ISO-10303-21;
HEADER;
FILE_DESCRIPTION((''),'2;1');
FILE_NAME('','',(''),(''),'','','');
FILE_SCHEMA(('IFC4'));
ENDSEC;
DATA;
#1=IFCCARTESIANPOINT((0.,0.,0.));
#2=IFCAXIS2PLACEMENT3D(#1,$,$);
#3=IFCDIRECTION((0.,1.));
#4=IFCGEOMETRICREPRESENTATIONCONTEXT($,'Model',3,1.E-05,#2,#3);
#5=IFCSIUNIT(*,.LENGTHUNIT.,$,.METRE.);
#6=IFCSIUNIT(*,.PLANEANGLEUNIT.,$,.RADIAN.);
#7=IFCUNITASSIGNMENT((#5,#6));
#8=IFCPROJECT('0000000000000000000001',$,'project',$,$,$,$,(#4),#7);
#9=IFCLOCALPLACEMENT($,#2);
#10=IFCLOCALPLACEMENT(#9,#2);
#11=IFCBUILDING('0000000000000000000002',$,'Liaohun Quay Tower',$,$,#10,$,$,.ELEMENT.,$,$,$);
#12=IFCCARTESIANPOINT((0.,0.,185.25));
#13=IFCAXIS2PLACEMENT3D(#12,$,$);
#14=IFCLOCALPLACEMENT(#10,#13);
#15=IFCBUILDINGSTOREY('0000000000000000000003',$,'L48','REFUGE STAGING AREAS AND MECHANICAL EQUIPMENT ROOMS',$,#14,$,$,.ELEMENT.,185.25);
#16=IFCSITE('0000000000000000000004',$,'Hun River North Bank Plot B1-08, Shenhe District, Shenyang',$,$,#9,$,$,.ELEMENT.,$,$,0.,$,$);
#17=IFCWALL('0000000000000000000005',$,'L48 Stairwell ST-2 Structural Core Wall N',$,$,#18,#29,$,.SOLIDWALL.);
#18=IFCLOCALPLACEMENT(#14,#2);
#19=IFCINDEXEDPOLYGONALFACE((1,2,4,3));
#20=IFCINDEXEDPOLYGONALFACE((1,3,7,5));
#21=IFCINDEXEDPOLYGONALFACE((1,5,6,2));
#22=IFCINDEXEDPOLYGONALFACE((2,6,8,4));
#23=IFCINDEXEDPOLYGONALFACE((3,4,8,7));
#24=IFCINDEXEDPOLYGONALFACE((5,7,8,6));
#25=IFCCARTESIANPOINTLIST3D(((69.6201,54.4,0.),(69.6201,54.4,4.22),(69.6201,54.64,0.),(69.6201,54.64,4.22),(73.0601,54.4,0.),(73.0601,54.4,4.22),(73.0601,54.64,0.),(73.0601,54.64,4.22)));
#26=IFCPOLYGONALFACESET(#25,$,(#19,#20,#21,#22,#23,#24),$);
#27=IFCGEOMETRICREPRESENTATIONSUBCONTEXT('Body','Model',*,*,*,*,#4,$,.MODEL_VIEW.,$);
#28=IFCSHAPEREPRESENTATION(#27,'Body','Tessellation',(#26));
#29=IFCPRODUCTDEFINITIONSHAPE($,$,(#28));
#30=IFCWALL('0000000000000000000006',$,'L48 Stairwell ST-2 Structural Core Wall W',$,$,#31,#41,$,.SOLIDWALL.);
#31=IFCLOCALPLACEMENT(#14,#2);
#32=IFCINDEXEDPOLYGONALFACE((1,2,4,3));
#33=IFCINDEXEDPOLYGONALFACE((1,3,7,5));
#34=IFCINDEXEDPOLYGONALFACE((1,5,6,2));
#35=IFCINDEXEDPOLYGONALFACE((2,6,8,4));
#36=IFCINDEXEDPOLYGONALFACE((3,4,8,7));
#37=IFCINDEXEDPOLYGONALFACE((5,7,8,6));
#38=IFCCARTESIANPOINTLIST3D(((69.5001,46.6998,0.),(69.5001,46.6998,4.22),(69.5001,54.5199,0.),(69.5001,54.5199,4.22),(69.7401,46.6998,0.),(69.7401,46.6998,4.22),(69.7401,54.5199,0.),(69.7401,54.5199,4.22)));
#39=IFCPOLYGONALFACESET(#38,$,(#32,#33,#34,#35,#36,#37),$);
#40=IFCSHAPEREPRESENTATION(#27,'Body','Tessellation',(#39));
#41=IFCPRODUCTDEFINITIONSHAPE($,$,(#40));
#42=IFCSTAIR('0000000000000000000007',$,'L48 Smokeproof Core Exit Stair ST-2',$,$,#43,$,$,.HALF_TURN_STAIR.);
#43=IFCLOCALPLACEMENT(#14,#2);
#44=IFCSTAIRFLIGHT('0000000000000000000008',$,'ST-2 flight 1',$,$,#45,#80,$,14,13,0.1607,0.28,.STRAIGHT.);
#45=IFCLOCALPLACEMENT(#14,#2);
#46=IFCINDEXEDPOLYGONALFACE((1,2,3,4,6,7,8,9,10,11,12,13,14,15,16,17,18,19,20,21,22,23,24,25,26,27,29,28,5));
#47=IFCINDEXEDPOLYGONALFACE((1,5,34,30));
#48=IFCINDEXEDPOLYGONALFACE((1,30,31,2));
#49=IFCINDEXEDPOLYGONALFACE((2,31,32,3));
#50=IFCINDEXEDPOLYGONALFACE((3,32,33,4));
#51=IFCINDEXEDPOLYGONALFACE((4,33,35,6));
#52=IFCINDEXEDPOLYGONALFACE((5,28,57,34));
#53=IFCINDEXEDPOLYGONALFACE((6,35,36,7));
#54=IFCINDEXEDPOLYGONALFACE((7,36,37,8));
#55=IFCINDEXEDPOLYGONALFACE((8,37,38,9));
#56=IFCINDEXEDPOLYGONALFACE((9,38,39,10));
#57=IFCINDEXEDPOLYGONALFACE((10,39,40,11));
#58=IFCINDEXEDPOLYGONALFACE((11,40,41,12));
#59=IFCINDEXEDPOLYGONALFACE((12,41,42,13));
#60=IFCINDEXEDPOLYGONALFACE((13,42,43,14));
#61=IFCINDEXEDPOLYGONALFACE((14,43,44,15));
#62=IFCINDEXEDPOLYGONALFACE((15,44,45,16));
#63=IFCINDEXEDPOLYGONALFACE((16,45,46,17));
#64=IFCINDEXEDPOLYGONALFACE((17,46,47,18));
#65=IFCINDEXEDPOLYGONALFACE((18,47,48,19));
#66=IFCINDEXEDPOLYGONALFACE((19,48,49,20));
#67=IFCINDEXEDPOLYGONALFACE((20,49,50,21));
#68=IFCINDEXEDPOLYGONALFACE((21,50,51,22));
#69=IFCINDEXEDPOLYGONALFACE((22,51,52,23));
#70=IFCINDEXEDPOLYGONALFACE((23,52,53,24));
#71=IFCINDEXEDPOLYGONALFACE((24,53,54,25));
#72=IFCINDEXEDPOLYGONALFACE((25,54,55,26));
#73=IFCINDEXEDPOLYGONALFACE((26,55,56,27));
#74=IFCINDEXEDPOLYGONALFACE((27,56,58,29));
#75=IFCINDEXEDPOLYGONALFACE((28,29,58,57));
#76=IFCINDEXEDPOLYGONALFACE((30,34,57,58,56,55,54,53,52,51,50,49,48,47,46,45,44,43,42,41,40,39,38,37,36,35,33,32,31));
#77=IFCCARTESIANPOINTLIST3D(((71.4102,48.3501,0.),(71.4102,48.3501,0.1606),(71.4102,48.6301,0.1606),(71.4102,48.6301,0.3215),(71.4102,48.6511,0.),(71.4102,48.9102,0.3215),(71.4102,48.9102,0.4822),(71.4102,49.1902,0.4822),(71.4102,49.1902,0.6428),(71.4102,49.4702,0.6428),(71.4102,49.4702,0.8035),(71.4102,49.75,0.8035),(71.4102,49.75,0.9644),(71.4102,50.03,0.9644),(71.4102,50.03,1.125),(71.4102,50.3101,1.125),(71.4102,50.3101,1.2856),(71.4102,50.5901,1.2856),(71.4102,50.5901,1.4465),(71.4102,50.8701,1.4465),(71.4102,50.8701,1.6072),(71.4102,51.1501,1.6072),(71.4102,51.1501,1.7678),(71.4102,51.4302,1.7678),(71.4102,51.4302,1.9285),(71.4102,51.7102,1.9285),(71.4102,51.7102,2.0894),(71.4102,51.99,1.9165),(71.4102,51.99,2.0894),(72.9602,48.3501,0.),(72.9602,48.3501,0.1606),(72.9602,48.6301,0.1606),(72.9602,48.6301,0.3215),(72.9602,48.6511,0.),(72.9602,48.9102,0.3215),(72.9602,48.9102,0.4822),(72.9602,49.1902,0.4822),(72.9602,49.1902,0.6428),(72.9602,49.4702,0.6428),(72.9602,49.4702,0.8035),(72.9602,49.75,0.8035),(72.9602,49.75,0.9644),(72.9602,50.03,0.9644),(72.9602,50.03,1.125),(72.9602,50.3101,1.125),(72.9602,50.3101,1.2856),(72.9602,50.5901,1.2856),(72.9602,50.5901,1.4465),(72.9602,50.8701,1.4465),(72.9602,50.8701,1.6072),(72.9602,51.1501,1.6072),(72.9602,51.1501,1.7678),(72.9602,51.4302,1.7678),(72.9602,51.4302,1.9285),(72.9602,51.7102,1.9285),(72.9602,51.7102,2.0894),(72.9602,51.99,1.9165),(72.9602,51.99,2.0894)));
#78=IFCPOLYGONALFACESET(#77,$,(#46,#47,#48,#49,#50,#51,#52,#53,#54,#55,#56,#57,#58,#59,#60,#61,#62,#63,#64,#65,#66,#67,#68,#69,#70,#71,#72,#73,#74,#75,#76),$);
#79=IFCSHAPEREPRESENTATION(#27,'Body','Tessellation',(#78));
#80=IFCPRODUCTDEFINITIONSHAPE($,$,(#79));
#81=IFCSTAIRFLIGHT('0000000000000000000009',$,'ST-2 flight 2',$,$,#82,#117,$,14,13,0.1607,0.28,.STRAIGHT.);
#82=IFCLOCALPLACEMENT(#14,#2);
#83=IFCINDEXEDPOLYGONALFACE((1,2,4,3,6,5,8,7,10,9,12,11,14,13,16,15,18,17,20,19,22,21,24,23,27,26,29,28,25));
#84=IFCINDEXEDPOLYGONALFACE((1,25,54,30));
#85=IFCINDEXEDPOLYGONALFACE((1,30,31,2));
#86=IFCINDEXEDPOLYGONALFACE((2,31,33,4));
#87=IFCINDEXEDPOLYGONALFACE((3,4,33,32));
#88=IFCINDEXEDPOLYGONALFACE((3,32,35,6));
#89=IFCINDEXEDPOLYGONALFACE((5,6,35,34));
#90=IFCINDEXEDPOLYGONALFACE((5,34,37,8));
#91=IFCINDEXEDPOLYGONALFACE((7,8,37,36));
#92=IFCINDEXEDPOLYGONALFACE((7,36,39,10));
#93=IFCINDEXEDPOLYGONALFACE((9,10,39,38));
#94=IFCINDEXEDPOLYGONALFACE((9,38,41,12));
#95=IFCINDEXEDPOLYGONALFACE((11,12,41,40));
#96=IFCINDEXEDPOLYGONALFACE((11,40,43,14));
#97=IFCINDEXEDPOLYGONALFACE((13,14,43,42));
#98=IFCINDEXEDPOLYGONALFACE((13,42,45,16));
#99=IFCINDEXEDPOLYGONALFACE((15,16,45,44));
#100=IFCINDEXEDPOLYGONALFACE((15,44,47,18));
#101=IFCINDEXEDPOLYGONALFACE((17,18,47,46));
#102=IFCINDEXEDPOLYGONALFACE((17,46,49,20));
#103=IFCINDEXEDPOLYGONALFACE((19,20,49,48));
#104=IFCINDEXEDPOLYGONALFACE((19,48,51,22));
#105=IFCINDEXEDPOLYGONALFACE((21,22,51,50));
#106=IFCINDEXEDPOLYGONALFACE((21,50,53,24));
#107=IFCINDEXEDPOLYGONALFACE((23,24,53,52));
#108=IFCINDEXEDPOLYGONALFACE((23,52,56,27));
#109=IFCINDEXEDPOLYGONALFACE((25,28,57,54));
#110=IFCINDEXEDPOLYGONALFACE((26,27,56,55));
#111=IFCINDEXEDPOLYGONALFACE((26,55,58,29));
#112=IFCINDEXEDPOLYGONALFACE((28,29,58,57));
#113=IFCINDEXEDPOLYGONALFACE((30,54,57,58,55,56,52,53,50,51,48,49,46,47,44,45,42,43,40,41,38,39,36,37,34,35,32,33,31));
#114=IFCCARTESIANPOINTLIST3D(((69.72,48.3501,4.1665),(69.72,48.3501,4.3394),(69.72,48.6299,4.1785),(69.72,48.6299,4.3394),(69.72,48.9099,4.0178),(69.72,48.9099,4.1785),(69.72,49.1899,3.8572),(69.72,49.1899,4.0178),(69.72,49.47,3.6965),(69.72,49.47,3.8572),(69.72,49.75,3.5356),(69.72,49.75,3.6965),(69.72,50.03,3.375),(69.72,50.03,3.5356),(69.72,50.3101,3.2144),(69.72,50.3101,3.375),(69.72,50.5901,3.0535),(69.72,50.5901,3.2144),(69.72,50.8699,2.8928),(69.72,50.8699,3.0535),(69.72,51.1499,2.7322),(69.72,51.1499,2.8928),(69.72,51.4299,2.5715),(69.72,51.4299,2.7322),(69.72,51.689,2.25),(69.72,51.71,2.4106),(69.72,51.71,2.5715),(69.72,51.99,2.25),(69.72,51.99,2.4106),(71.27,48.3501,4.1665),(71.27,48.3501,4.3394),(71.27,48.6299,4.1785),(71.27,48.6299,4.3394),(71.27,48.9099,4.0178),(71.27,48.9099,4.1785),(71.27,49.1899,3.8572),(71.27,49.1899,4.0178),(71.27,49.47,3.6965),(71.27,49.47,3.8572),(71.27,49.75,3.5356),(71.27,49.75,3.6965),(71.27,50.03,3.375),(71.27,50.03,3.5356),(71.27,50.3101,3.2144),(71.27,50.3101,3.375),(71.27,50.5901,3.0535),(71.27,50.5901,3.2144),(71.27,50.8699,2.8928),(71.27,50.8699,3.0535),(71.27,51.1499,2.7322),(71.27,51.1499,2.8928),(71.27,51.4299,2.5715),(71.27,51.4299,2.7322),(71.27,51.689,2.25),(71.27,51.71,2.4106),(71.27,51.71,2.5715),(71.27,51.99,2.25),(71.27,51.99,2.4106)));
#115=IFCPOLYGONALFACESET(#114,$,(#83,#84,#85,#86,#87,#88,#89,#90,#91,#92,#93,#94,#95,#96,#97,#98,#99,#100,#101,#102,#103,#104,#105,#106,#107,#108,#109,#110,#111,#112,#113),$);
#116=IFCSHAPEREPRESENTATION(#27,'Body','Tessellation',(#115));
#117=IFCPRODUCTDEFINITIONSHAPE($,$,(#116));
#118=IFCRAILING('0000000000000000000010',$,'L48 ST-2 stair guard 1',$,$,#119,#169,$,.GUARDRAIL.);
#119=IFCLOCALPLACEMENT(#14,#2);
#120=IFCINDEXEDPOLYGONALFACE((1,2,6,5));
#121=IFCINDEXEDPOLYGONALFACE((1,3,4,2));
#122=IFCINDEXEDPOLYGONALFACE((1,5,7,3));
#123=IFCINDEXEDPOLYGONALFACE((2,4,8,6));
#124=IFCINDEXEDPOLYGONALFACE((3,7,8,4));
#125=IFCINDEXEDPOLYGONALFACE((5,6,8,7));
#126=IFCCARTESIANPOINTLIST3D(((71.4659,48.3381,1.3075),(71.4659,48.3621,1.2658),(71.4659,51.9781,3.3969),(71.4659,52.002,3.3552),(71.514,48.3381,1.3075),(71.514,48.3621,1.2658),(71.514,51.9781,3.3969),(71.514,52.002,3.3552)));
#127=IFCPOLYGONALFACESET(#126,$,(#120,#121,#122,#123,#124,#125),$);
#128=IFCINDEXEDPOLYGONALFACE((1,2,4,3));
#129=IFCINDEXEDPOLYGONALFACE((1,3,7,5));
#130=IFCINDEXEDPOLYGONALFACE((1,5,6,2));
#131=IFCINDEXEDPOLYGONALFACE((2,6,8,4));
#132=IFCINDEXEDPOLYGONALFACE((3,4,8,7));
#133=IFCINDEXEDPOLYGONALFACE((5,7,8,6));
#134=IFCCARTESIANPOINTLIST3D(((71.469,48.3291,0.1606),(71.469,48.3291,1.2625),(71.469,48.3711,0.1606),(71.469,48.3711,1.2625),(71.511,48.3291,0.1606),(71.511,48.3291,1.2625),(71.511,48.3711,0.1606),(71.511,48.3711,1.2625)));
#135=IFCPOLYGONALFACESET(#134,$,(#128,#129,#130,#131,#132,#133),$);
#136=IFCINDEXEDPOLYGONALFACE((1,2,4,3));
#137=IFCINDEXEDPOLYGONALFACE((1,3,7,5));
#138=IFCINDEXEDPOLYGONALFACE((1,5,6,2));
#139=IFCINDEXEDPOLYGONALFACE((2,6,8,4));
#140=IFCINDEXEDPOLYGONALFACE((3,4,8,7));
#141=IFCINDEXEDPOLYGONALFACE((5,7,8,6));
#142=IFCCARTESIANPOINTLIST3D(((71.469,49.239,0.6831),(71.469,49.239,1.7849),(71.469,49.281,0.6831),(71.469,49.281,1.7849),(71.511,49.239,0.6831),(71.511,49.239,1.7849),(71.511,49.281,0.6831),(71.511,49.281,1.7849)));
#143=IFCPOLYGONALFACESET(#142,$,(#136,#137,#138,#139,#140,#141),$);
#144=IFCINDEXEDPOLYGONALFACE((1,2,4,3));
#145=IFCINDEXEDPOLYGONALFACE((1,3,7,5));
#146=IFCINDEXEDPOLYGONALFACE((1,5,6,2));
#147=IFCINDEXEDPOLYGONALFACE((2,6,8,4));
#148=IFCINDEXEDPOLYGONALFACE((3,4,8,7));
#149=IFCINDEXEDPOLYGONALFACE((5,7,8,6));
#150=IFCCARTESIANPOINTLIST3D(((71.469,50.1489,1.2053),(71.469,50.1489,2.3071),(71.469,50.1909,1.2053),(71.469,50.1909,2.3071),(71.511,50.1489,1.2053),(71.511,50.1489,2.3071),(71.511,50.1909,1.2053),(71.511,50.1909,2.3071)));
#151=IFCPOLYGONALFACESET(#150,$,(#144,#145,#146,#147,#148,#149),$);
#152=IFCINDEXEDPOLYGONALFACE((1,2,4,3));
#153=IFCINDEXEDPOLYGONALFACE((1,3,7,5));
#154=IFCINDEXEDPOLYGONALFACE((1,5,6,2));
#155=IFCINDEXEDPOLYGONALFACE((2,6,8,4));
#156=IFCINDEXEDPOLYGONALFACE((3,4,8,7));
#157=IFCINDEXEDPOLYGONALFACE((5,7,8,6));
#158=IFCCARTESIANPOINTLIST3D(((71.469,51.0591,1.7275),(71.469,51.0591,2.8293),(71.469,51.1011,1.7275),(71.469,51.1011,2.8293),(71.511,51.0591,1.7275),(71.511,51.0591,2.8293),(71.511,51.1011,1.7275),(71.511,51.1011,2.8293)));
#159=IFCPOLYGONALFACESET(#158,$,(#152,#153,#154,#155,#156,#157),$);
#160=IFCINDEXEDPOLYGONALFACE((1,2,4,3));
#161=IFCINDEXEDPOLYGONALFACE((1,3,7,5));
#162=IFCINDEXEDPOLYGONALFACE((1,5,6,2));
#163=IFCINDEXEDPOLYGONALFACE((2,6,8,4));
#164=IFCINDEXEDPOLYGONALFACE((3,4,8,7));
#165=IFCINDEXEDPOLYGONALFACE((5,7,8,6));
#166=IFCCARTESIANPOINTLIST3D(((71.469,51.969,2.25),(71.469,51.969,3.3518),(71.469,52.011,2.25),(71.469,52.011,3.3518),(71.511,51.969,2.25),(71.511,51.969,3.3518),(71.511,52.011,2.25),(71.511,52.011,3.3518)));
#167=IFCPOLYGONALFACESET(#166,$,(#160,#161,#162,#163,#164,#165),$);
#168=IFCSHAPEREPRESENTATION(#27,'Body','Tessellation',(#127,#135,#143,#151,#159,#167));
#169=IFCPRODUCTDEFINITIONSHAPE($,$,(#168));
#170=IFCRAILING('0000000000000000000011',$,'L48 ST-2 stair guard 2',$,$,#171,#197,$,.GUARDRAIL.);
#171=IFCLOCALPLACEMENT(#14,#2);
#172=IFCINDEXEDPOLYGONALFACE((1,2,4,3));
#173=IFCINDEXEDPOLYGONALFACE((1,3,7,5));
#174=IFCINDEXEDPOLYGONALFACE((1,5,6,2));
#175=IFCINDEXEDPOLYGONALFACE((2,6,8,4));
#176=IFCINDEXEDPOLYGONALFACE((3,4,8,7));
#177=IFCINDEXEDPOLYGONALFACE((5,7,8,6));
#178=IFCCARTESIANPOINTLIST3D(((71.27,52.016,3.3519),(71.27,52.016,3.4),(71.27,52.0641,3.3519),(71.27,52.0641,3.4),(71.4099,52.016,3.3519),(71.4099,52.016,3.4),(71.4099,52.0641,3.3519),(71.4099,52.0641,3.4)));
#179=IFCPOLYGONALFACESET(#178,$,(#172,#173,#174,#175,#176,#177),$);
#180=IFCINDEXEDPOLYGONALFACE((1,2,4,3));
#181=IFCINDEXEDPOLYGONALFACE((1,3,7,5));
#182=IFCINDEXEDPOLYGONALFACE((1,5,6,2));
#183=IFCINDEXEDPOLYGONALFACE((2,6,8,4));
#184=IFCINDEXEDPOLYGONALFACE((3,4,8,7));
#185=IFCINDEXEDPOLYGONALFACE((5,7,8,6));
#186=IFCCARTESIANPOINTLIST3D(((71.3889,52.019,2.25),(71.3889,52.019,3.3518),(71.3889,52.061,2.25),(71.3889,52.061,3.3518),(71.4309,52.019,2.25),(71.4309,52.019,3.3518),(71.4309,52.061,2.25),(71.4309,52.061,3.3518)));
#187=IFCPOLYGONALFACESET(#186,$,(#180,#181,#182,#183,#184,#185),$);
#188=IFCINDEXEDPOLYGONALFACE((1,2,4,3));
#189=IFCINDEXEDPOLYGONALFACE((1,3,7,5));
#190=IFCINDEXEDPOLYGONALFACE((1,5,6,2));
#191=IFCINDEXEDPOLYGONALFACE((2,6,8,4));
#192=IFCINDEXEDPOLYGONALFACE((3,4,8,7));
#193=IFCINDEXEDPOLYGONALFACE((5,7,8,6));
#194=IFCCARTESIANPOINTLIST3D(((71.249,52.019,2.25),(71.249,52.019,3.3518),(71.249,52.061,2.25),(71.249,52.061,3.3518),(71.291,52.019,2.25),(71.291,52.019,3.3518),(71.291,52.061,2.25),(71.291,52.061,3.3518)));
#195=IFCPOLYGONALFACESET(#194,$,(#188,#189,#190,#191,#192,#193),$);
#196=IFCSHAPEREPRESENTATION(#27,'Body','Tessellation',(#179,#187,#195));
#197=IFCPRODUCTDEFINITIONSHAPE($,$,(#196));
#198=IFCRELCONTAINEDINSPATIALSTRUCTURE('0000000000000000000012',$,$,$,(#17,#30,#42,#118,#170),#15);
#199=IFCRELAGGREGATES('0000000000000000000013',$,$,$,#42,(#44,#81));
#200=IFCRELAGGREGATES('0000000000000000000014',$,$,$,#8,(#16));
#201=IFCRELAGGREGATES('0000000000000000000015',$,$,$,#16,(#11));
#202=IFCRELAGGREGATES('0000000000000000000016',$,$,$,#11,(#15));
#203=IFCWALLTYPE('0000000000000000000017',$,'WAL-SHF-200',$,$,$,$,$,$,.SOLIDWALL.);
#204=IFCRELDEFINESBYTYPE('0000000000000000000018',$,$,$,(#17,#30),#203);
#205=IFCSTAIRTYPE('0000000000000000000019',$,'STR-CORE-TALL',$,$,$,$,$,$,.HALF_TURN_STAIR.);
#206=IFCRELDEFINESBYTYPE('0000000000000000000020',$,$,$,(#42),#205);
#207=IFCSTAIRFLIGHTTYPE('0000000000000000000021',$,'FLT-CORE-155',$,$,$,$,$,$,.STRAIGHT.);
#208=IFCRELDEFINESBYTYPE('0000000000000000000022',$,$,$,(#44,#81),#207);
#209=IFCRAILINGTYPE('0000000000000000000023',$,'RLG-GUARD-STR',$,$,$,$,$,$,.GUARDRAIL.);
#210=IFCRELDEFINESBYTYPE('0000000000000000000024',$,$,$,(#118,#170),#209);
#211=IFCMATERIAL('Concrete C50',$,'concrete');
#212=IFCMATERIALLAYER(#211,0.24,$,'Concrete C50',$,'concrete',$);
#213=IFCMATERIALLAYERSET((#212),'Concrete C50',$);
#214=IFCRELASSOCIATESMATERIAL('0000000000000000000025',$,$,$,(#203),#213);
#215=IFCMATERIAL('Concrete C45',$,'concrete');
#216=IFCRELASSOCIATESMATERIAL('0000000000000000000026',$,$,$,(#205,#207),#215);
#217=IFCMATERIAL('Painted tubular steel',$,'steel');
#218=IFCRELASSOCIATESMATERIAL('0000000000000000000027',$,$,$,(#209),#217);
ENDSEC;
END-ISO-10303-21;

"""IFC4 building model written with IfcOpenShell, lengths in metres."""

from ifc_helpers import new_model, si_unit, direction, frame, frame_2d, origin, origin_2d, place, context, subcontext, project, spatial, polyline, rectangle, outline, extrude, material, layer, layer_set, type_object, element, aggregate, save


model = new_model("IFC4")

# Units and contexts
model_context = context("Model", 3, precision=1e-05, world=origin(), true_north=direction((0.0, 1.0)))
body_context = subcontext(model_context, "Body", "Model", "MODEL_VIEW")
ifc_project = project(units=[si_unit("LENGTHUNIT", "METRE"), si_unit("PLANEANGLEUNIT", "RADIAN")], contexts=[model_context])

# Site, building, storey
site_placement = place(None, origin())
site = spatial("IfcSite", under=ifc_project, at=site_placement, Name="Hun River North Bank Plot B1-08, Shenhe District, Shenyang", CompositionType="ELEMENT", RefElevation=0.0)
building_placement = place(site_placement, origin())
building = spatial("IfcBuilding", under=site, at=building_placement, Name="Liaohun Quay Tower", CompositionType="ELEMENT")
storey_placement = place(building_placement, frame((0.0, 0.0, 185.25)))
storey = spatial("IfcBuildingStorey", under=building, at=storey_placement, Name="L48", Description="REFUGE STAGING AREAS AND MECHANICAL EQUIPMENT ROOMS", CompositionType="ELEMENT", Elevation=185.25)

# Shared definitions
ifc_material_1 = material(Name="Concrete C50", Category="concrete")
ifc_layer_1 = layer(ifc_material_1, 0.24, Name="Concrete C50", Category="concrete")
ifc_layer_set_1 = layer_set([ifc_layer_1], Name="Concrete C50")
wall_type_1 = type_object("IfcWallType", Name="WAL-SHF-200", PredefinedType="SOLIDWALL", material=ifc_layer_set_1)

# Walls
wall_1_placement = place(storey_placement, frame((73.0601, 54.52, 0.0), z_axis=(0.0, 0.0, 1.0), x_axis=(-1.0, 0.0, 0.0)))
element("IfcWall", 1, at=wall_1_placement, inside=storey, type_object=wall_type_1, Name="L48 Stairwell ST-2 Structural Core Wall N", PredefinedType="SOLIDWALL", context=body_context, shape_type="SweptSolid", body=[
    extrude(rectangle(XDim=3.4399, YDim=0.24, at=frame_2d((1.72, 0.0))), origin(), (0.0, 0.0, 1.0), 4.22),
])
wall_2_placement = place(storey_placement, frame((69.6201, 54.52, 0.0), z_axis=(0.0, 0.0, 1.0), x_axis=(0.0, -1.0, 0.0)))
element("IfcWall", 2, at=wall_2_placement, inside=storey, type_object=wall_type_1, Name="L48 Stairwell ST-2 Structural Core Wall W", PredefinedType="SOLIDWALL", context=body_context, shape_type="SweptSolid", body=[
    extrude(rectangle(XDim=7.8201, YDim=0.24, at=frame_2d((3.9102, 0.0))), origin(), (0.0, 0.0, 1.0), 4.22),
])

# Stair, stair flights
ifc_material_2 = material(Name="Concrete C45", Category="concrete")
stair_type = type_object("IfcStairType", Name="STR-CORE-TALL", PredefinedType="HALF_TURN_STAIR", material=ifc_material_2)
stair_placement = place(storey_placement, origin())
stair = element("IfcStair", 3, at=stair_placement, inside=storey, type_object=stair_type, Name="L48 Smokeproof Core Exit Stair ST-2", PredefinedType="HALF_TURN_STAIR")
stair_flight_type = type_object("IfcStairFlightType", Name="FLT-CORE-155", PredefinedType="STRAIGHT", material=ifc_material_2)
stair_flight_1_placement = place(storey_placement, frame((72.1851, 48.3501, 0.0), z_axis=(0.0, 0.0, 1.0), x_axis=(0.0, 1.0, 0.0)))
stair_flight_1 = element("IfcStairFlight", 4, at=stair_flight_1_placement, type_object=stair_flight_type, Name="ST-2 flight 1", NumberOfRisers=14, NumberOfTreads=13, PredefinedType="STRAIGHT", RiserHeight=0.1607, TreadLength=0.28, context=body_context, shape_type="SweptSolid", body=[
    extrude(outline(polyline([(0.0, 0.0), (0.0, 0.1606), (0.28, 0.1606), (0.28, 0.3215), (0.5601, 0.3215), (0.5601, 0.4822), (0.8401, 0.4822), (0.8401, 0.6428), (1.1201, 0.6428), (1.1201, 0.8035), (1.3999, 0.8035), (1.3999, 0.9644), (1.6799, 0.9644), (1.6799, 1.125), (1.96, 1.125), (1.96, 1.2856), (2.24, 1.2856), (2.24, 1.4465), (2.52, 1.4465), (2.52, 1.6072), (2.8, 1.6072), (2.8, 1.7678), (3.0801, 1.7678), (3.0801, 1.9285), (3.3601, 1.9285), (3.3601, 2.0894), (3.6399, 2.0894), (3.6399, 2.25), (3.6399, 1.9165), (0.301, 0.0), (0.0, 0.0)])), frame((0.0, 0.7749, 0.0), z_axis=(0.0, -1.0, 0.0), x_axis=(1.0, 0.0, 0.0)), (0.0, 0.0, 1.0), 1.55),
])
stair_flight_2_placement = place(storey_placement, frame((70.4951, 51.99, 2.25), z_axis=(0.0, 0.0, 1.0), x_axis=(0.0, -1.0, 0.0)))
stair_flight_2 = element("IfcStairFlight", 5, at=stair_flight_2_placement, type_object=stair_flight_type, Name="ST-2 flight 2", NumberOfRisers=14, NumberOfTreads=13, PredefinedType="STRAIGHT", RiserHeight=0.1607, TreadLength=0.28, context=body_context, shape_type="SweptSolid", body=[
    extrude(outline(polyline([(0.0, 0.0), (0.0, 0.1606), (0.28, 0.1606), (0.28, 0.3215), (0.5601, 0.3215), (0.5601, 0.4822), (0.8401, 0.4822), (0.8401, 0.6428), (1.1201, 0.6428), (1.1201, 0.8035), (1.3999, 0.8035), (1.3999, 0.9644), (1.6799, 0.9644), (1.6799, 1.125), (1.96, 1.125), (1.96, 1.2856), (2.24, 1.2856), (2.24, 1.4465), (2.52, 1.4465), (2.52, 1.6072), (2.8, 1.6072), (2.8, 1.7678), (3.0801, 1.7678), (3.0801, 1.9285), (3.3601, 1.9285), (3.3601, 2.0894), (3.6399, 2.0894), (3.6399, 2.25), (3.6399, 1.9165), (0.301, 0.0), (0.0, 0.0)])), frame((0.0, 0.7749, 0.0), z_axis=(0.0, -1.0, 0.0), x_axis=(1.0, 0.0, 0.0)), (0.0, 0.0, 1.0), 1.55),
])
aggregate(stair, [stair_flight_1, stair_flight_2])

# Railings
ifc_material_3 = material(Name="Painted tubular steel", Category="steel")
railing_type_1 = type_object("IfcRailingType", Name="RLG-GUARD-STR", PredefinedType="GUARDRAIL", material=ifc_material_3)
railing_1_placement = place(storey_placement, frame((71.49, 48.3501, 0.1606)))
element("IfcRailing", 6, at=railing_1_placement, inside=storey, type_object=railing_type_1, Name="L48 ST-2 stair guard 1", PredefinedType="GUARDRAIL", context=body_context, shape_type="SweptSolid", body=[
    extrude(rectangle(XDim=0.0481, YDim=0.0481, at=origin_2d()), frame((0.0, 0.0, 1.126), z_axis=(0.0, 0.867275, 0.497829), x_axis=(-1.0, 0.0, 0.0)), (0.0, 0.0, 1.0), 4.197),
    extrude(rectangle(XDim=0.042, YDim=0.042, at=origin_2d()), origin(), (0.0, 0.0, 1.0), 1.1018),
    extrude(rectangle(XDim=0.042, YDim=0.042, at=origin_2d()), frame((0.0, 0.9099, 0.5225)), (0.0, 0.0, 1.0), 1.1018),
    extrude(rectangle(XDim=0.042, YDim=0.042, at=origin_2d()), frame((0.0, 1.8198, 1.0447)), (0.0, 0.0, 1.0), 1.1018),
    extrude(rectangle(XDim=0.042, YDim=0.042, at=origin_2d()), frame((0.0, 2.73, 1.5669)), (0.0, 0.0, 1.0), 1.1018),
    extrude(rectangle(XDim=0.042, YDim=0.042, at=origin_2d()), frame((0.0, 3.6399, 2.0894)), (0.0, 0.0, 1.0), 1.1018),
])
railing_2_placement = place(storey_placement, frame((71.4099, 52.04, 2.25)))
element("IfcRailing", 7, at=railing_2_placement, inside=storey, type_object=railing_type_1, Name="L48 ST-2 stair guard 2", PredefinedType="GUARDRAIL", context=body_context, shape_type="SweptSolid", body=[
    extrude(rectangle(XDim=0.0481, YDim=0.0481, at=origin_2d()), frame((0.0, 0.0, 1.126), z_axis=(-1.0, 0.0, 0.0), x_axis=(0.0, -1.0, 0.0)), (0.0, 0.0, 1.0), 0.1399),
    extrude(rectangle(XDim=0.042, YDim=0.042, at=origin_2d()), origin(), (0.0, 0.0, 1.0), 1.1018),
    extrude(rectangle(XDim=0.042, YDim=0.042, at=origin_2d()), frame((-0.1399, 0.0, 0.0)), (0.0, 0.0, 1.0), 1.1018),
])

save(model, "model.ifc")
